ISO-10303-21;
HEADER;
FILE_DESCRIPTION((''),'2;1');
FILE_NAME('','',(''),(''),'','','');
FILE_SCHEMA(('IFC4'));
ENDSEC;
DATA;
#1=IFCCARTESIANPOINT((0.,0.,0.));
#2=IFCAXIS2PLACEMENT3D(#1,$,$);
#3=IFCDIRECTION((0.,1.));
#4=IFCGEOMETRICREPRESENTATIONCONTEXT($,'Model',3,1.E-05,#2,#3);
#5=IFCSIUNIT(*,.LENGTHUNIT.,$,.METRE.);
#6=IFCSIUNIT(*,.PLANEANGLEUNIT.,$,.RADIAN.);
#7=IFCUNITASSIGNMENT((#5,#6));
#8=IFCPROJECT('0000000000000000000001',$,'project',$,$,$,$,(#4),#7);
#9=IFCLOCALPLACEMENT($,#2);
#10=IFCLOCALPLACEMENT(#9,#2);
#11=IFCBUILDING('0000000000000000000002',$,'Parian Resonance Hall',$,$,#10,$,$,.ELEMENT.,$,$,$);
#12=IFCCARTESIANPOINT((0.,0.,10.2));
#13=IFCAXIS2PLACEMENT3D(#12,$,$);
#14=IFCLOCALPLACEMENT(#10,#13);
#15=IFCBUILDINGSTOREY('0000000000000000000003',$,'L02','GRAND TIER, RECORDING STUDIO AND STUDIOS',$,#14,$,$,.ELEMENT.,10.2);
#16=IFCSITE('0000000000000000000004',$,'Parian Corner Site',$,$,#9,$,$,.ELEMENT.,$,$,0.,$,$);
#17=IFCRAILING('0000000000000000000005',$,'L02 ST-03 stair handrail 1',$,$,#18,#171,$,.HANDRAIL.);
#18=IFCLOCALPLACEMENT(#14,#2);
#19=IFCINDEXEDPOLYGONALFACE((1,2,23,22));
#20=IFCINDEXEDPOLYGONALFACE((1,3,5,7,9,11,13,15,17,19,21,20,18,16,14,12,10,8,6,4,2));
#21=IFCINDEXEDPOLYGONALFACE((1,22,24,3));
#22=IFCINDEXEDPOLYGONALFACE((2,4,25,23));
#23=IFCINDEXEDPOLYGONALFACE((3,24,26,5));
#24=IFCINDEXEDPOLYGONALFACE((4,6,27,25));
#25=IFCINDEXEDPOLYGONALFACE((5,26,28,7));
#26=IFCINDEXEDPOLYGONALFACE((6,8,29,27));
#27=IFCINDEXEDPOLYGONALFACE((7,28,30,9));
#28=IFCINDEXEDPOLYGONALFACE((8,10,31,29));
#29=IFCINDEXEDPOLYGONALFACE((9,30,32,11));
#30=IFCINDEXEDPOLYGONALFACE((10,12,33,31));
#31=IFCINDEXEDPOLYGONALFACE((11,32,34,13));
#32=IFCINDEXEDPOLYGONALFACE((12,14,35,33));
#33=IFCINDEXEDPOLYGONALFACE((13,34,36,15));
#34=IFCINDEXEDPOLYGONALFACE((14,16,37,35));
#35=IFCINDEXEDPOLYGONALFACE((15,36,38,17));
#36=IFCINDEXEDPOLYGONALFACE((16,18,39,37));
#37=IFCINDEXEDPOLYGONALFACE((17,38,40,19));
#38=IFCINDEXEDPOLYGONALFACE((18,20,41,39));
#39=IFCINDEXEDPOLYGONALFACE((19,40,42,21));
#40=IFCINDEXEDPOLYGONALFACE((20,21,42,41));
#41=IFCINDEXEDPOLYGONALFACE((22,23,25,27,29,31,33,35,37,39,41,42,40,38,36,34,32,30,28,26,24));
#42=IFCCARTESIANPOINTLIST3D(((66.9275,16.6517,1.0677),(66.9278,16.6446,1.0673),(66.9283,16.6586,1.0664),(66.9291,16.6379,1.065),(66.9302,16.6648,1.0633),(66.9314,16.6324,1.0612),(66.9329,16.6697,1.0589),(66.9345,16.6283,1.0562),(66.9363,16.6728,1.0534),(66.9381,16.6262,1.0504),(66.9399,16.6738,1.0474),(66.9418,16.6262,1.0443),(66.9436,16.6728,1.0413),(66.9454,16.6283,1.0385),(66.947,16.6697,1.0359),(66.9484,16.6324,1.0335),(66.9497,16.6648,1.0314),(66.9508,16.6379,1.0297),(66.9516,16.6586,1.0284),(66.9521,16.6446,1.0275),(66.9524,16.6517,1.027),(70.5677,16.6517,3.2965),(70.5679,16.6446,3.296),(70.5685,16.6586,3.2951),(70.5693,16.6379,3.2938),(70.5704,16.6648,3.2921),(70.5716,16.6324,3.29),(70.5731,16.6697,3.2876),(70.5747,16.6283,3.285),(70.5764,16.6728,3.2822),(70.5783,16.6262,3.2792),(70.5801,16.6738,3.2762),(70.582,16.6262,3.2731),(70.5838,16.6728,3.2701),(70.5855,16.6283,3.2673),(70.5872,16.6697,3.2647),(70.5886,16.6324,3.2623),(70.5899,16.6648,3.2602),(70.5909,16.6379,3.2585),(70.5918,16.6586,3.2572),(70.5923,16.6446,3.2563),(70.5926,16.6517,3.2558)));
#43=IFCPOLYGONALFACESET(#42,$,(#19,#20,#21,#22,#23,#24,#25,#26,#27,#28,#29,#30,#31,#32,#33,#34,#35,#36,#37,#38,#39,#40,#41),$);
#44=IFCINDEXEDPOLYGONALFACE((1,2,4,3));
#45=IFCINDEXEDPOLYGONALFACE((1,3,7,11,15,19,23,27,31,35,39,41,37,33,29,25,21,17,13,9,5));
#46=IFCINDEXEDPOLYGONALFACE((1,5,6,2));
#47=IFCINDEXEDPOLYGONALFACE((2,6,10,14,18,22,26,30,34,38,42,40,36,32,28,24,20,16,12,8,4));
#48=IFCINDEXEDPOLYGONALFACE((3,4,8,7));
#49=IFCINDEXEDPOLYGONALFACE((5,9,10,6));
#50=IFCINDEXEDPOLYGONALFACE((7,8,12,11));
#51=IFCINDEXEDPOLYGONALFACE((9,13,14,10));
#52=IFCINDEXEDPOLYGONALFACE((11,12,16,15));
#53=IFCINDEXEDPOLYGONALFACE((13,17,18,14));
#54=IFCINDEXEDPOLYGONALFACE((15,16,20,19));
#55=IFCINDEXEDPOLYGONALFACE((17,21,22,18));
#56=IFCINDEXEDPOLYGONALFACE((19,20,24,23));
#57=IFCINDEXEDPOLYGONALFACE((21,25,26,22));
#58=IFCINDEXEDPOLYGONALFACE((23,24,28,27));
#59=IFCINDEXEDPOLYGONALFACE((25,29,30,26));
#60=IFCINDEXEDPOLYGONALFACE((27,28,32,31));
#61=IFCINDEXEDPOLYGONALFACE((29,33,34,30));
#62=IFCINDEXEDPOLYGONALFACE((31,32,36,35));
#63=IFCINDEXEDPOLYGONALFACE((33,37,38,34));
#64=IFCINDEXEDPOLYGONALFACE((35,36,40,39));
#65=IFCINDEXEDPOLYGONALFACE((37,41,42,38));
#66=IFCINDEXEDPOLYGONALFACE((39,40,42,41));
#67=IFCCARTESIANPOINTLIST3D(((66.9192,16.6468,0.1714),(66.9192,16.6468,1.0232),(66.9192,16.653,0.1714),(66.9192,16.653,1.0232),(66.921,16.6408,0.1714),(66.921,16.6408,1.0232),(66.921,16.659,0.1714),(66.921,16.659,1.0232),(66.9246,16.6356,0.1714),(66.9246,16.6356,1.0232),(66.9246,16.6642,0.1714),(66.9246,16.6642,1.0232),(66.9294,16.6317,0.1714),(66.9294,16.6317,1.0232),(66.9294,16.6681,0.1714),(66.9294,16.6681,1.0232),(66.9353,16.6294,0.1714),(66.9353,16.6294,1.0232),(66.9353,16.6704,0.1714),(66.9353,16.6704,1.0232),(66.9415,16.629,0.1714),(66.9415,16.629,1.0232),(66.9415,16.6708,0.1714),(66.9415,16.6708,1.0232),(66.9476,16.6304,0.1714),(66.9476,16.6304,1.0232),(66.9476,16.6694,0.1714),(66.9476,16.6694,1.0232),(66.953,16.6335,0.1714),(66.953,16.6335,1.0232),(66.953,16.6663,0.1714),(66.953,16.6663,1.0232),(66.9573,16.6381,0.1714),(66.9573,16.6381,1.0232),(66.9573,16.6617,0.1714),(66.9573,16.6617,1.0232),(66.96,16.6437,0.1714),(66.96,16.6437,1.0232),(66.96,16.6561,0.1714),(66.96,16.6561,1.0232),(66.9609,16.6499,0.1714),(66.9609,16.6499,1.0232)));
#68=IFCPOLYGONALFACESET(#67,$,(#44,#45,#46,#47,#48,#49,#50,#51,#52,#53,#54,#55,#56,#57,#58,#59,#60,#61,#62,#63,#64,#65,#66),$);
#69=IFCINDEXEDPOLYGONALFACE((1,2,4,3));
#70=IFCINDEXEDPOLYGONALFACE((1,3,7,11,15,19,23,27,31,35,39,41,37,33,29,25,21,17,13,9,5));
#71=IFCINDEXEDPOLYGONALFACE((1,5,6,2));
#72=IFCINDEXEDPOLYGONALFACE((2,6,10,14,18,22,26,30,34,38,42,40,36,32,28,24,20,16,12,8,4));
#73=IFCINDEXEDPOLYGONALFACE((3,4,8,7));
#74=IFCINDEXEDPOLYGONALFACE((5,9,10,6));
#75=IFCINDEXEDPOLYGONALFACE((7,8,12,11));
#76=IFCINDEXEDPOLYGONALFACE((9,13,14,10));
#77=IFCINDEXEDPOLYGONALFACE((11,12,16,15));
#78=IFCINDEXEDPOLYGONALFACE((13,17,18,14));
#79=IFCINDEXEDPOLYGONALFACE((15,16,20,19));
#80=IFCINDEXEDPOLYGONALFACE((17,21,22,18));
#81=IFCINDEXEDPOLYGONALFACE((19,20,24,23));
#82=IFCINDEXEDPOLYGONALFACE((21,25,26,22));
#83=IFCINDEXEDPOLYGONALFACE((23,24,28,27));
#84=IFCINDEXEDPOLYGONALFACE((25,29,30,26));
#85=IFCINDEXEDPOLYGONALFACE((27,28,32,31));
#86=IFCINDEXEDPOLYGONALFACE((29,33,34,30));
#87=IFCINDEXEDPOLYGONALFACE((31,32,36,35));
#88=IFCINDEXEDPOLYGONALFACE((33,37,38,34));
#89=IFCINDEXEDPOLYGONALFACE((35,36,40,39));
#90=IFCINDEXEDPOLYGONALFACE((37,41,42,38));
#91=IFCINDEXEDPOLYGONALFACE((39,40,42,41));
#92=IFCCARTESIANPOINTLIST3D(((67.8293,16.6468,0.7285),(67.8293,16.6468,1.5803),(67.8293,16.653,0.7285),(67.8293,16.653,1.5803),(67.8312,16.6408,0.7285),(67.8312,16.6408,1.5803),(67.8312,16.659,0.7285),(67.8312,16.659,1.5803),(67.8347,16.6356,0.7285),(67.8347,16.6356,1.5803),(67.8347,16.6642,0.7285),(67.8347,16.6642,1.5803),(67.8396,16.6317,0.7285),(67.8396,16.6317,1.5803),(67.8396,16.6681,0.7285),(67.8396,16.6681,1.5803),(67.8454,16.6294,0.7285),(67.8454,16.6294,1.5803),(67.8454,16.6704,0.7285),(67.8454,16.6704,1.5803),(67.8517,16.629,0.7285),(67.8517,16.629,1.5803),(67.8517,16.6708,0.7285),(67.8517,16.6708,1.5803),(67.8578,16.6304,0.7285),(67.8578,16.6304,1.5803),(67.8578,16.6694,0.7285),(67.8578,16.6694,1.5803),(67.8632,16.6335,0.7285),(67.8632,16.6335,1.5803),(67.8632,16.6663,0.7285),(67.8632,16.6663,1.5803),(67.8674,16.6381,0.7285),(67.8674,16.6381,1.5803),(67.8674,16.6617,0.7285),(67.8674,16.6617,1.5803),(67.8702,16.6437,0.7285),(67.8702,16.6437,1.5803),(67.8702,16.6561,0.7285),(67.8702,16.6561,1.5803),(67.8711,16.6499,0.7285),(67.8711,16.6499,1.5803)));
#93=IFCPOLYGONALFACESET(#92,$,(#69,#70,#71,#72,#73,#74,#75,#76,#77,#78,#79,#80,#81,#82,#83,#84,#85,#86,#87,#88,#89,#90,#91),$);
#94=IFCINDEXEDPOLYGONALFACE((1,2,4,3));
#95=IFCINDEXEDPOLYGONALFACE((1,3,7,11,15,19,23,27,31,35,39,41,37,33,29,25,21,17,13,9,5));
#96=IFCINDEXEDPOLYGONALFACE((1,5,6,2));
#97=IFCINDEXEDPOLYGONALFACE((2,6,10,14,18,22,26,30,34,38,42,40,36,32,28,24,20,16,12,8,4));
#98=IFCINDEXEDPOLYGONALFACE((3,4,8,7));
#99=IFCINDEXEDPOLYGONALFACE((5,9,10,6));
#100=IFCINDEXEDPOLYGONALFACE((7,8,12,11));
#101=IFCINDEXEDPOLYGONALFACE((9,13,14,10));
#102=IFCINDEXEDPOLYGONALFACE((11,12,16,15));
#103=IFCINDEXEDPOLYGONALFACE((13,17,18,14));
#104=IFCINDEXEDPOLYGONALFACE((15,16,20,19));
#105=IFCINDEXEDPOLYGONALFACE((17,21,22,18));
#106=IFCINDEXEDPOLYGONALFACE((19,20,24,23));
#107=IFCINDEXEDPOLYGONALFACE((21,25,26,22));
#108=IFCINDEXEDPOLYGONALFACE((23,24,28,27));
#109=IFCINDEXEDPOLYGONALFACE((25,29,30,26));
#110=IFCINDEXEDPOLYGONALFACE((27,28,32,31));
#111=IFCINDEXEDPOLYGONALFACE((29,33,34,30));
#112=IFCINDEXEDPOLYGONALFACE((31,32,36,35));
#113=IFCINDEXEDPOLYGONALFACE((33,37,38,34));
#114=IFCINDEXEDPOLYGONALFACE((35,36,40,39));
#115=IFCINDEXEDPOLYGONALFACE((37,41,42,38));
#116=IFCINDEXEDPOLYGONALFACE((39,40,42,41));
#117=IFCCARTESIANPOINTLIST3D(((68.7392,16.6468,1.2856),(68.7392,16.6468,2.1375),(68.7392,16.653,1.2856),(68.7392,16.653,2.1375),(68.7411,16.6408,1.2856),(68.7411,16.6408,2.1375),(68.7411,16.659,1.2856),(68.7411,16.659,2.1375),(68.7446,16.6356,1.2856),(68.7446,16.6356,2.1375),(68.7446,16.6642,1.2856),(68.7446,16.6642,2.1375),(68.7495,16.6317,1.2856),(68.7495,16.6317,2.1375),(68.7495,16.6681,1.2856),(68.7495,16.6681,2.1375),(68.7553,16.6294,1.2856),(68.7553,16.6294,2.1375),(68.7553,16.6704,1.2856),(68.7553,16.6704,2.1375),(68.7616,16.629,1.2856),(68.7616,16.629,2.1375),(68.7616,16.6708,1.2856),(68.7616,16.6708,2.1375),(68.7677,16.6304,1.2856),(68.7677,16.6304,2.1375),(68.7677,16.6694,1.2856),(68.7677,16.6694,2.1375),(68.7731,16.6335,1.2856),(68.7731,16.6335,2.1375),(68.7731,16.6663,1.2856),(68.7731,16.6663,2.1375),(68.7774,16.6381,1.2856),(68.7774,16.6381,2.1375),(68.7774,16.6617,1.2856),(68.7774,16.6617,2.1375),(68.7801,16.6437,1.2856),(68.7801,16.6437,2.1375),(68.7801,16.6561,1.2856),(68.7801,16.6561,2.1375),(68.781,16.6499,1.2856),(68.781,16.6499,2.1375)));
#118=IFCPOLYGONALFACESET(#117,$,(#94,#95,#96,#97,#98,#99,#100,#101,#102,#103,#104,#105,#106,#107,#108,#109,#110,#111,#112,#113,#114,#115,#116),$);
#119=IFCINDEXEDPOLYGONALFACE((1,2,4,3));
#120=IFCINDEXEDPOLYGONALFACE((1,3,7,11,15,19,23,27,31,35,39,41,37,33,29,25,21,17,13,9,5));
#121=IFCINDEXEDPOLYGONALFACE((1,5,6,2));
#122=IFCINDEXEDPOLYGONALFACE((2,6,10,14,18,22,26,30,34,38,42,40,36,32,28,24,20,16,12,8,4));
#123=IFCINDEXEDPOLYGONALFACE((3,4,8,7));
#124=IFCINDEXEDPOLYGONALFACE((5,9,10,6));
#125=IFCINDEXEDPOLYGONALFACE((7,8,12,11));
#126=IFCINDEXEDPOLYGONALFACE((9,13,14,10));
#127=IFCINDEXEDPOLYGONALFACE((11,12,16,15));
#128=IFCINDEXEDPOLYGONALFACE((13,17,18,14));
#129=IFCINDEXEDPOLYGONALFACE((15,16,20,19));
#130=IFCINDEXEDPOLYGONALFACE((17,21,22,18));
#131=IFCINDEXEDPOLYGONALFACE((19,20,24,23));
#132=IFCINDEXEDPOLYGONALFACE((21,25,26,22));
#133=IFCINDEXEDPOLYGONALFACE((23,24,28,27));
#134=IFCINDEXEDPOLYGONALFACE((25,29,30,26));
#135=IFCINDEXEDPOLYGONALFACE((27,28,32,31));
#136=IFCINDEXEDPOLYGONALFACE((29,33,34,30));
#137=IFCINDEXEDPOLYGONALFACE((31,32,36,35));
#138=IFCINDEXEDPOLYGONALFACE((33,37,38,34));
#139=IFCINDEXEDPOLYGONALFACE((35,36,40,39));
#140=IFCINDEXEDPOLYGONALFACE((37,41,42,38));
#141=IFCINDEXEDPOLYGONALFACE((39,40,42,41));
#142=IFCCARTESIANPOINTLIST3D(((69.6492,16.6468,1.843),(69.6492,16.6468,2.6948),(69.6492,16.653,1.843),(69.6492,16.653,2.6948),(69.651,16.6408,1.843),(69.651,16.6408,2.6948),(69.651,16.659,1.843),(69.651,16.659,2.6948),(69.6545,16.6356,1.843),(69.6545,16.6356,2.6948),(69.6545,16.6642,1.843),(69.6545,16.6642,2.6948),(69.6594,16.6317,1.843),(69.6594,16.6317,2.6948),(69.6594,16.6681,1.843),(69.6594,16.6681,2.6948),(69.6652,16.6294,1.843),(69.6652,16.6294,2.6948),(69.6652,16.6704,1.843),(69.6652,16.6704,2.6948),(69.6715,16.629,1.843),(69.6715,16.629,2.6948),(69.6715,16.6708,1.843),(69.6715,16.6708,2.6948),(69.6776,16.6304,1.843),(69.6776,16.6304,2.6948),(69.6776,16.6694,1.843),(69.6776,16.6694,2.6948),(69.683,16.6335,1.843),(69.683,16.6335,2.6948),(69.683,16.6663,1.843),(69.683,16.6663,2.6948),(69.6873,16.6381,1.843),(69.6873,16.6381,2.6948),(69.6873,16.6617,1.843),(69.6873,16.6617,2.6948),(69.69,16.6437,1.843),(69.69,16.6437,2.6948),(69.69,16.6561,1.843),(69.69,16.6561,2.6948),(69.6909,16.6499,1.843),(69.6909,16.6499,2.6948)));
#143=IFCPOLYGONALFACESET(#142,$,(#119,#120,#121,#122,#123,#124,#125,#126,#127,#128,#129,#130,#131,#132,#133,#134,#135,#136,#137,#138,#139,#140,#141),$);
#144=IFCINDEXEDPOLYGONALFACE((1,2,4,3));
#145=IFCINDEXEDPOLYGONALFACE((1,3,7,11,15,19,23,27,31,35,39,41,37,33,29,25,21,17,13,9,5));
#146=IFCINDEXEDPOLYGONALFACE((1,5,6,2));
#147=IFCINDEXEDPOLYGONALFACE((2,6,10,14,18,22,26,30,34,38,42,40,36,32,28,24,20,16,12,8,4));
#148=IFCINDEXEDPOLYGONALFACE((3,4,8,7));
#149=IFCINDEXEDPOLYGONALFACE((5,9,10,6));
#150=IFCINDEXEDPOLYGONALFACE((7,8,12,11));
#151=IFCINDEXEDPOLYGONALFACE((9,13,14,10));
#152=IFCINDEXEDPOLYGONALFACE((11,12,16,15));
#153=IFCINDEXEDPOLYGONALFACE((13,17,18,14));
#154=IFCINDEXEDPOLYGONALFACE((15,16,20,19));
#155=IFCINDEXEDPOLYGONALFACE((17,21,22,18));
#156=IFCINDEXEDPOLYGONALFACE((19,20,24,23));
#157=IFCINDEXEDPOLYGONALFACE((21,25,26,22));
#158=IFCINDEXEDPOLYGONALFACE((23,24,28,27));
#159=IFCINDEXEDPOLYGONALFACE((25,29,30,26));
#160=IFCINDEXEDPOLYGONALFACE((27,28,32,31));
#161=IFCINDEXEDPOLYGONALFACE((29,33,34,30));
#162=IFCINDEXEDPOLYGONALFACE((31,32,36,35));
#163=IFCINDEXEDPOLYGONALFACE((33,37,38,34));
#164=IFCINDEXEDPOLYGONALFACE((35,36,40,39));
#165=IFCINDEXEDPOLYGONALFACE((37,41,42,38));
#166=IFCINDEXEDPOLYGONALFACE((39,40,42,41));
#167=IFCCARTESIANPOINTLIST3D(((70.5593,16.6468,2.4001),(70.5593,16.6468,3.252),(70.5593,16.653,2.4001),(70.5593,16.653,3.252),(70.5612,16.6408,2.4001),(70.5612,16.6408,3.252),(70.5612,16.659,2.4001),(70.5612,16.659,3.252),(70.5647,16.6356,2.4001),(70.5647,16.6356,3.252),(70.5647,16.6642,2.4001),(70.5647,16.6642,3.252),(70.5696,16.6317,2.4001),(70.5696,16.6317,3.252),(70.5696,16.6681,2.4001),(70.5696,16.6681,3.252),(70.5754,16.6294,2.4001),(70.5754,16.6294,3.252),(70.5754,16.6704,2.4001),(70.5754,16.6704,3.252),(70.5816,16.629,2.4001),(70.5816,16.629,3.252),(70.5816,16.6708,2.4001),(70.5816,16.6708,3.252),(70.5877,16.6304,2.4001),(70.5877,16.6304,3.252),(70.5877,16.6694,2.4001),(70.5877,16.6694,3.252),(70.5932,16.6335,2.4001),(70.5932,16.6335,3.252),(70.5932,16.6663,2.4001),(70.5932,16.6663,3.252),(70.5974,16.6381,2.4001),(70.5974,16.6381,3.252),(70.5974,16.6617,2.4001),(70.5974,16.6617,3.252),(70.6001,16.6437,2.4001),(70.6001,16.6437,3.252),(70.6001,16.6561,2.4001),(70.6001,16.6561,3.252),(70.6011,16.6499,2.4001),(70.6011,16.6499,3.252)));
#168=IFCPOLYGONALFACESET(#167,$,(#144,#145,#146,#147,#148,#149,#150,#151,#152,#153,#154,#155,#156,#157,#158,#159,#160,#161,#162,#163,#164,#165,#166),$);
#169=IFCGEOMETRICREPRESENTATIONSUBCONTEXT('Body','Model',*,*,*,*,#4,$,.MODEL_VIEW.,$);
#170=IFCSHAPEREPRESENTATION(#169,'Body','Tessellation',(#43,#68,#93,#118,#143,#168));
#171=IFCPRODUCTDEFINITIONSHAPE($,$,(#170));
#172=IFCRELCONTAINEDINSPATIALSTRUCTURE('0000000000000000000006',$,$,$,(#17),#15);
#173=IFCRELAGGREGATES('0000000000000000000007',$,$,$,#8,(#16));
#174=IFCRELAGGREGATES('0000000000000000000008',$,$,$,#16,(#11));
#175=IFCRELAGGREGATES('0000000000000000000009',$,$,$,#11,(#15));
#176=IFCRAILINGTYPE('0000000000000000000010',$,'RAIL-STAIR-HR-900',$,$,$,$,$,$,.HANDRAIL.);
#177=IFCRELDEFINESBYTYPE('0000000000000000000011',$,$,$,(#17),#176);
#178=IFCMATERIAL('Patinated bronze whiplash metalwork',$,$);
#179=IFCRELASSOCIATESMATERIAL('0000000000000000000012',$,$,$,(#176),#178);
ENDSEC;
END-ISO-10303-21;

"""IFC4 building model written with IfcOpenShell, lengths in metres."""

from ifc_helpers import new_model, si_unit, direction, frame, origin, origin_2d, place, context, subcontext, project, spatial, circle, extrude, material, type_object, element, save


model = new_model("IFC4")

# Units and contexts
model_context = context("Model", 3, precision=1e-05, world=origin(), true_north=direction((0.0, 1.0)))
body_context = subcontext(model_context, "Body", "Model", "MODEL_VIEW")
ifc_project = project(units=[si_unit("LENGTHUNIT", "METRE"), si_unit("PLANEANGLEUNIT", "RADIAN")], contexts=[model_context])

# Site, building, storey
site_placement = place(None, origin())
site = spatial("IfcSite", under=ifc_project, at=site_placement, Name="Parian Corner Site", CompositionType="ELEMENT", RefElevation=0.0)
building_placement = place(site_placement, origin())
building = spatial("IfcBuilding", under=site, at=building_placement, Name="Parian Resonance Hall", CompositionType="ELEMENT")
storey_placement = place(building_placement, frame((0.0, 0.0, 10.2)))
storey = spatial("IfcBuildingStorey", under=building, at=storey_placement, Name="L02", Description="GRAND TIER, RECORDING STUDIO AND STUDIOS", CompositionType="ELEMENT", Elevation=10.2)

# Railing
ifc_material_1 = material(Name="Patinated bronze whiplash metalwork")
railing_type_1 = type_object("IfcRailingType", Name="RAIL-STAIR-HR-900", PredefinedType="HANDRAIL", material=ifc_material_1)
railing_1_placement = place(storey_placement, frame((66.9399, 16.6499, 0.1714)))
element("IfcRailing", 1, at=railing_1_placement, inside=storey, type_object=railing_type_1, Name="L02 ST-03 stair handrail 1", PredefinedType="HANDRAIL", context=body_context, shape_type="SweptSolid", body=[
    extrude(circle(Radius=0.0239, at=origin_2d()), frame((0.0, 0.0, 0.876), z_axis=(0.85284, 0.0, 0.522172), x_axis=(0.0, 1.0, 0.0)), (0.0, 0.0, 1.0), 4.2683),
    extrude(circle(Radius=0.021, at=origin_2d()), origin(), (0.0, 0.0, 1.0), 0.8518),
    extrude(circle(Radius=0.021, at=origin_2d()), frame((0.9102, 0.0, 0.5571)), (0.0, 0.0, 1.0), 0.8518),
    extrude(circle(Radius=0.021, at=origin_2d()), frame((1.8201, 0.0, 1.1143)), (0.0, 0.0, 1.0), 0.8518),
    extrude(circle(Radius=0.021, at=origin_2d()), frame((2.73, 0.0, 1.6716)), (0.0, 0.0, 1.0), 0.8518),
    extrude(circle(Radius=0.021, at=origin_2d()), frame((3.6401, 0.0, 2.2288)), (0.0, 0.0, 1.0), 0.8518),
])

save(model, "model.ifc")
